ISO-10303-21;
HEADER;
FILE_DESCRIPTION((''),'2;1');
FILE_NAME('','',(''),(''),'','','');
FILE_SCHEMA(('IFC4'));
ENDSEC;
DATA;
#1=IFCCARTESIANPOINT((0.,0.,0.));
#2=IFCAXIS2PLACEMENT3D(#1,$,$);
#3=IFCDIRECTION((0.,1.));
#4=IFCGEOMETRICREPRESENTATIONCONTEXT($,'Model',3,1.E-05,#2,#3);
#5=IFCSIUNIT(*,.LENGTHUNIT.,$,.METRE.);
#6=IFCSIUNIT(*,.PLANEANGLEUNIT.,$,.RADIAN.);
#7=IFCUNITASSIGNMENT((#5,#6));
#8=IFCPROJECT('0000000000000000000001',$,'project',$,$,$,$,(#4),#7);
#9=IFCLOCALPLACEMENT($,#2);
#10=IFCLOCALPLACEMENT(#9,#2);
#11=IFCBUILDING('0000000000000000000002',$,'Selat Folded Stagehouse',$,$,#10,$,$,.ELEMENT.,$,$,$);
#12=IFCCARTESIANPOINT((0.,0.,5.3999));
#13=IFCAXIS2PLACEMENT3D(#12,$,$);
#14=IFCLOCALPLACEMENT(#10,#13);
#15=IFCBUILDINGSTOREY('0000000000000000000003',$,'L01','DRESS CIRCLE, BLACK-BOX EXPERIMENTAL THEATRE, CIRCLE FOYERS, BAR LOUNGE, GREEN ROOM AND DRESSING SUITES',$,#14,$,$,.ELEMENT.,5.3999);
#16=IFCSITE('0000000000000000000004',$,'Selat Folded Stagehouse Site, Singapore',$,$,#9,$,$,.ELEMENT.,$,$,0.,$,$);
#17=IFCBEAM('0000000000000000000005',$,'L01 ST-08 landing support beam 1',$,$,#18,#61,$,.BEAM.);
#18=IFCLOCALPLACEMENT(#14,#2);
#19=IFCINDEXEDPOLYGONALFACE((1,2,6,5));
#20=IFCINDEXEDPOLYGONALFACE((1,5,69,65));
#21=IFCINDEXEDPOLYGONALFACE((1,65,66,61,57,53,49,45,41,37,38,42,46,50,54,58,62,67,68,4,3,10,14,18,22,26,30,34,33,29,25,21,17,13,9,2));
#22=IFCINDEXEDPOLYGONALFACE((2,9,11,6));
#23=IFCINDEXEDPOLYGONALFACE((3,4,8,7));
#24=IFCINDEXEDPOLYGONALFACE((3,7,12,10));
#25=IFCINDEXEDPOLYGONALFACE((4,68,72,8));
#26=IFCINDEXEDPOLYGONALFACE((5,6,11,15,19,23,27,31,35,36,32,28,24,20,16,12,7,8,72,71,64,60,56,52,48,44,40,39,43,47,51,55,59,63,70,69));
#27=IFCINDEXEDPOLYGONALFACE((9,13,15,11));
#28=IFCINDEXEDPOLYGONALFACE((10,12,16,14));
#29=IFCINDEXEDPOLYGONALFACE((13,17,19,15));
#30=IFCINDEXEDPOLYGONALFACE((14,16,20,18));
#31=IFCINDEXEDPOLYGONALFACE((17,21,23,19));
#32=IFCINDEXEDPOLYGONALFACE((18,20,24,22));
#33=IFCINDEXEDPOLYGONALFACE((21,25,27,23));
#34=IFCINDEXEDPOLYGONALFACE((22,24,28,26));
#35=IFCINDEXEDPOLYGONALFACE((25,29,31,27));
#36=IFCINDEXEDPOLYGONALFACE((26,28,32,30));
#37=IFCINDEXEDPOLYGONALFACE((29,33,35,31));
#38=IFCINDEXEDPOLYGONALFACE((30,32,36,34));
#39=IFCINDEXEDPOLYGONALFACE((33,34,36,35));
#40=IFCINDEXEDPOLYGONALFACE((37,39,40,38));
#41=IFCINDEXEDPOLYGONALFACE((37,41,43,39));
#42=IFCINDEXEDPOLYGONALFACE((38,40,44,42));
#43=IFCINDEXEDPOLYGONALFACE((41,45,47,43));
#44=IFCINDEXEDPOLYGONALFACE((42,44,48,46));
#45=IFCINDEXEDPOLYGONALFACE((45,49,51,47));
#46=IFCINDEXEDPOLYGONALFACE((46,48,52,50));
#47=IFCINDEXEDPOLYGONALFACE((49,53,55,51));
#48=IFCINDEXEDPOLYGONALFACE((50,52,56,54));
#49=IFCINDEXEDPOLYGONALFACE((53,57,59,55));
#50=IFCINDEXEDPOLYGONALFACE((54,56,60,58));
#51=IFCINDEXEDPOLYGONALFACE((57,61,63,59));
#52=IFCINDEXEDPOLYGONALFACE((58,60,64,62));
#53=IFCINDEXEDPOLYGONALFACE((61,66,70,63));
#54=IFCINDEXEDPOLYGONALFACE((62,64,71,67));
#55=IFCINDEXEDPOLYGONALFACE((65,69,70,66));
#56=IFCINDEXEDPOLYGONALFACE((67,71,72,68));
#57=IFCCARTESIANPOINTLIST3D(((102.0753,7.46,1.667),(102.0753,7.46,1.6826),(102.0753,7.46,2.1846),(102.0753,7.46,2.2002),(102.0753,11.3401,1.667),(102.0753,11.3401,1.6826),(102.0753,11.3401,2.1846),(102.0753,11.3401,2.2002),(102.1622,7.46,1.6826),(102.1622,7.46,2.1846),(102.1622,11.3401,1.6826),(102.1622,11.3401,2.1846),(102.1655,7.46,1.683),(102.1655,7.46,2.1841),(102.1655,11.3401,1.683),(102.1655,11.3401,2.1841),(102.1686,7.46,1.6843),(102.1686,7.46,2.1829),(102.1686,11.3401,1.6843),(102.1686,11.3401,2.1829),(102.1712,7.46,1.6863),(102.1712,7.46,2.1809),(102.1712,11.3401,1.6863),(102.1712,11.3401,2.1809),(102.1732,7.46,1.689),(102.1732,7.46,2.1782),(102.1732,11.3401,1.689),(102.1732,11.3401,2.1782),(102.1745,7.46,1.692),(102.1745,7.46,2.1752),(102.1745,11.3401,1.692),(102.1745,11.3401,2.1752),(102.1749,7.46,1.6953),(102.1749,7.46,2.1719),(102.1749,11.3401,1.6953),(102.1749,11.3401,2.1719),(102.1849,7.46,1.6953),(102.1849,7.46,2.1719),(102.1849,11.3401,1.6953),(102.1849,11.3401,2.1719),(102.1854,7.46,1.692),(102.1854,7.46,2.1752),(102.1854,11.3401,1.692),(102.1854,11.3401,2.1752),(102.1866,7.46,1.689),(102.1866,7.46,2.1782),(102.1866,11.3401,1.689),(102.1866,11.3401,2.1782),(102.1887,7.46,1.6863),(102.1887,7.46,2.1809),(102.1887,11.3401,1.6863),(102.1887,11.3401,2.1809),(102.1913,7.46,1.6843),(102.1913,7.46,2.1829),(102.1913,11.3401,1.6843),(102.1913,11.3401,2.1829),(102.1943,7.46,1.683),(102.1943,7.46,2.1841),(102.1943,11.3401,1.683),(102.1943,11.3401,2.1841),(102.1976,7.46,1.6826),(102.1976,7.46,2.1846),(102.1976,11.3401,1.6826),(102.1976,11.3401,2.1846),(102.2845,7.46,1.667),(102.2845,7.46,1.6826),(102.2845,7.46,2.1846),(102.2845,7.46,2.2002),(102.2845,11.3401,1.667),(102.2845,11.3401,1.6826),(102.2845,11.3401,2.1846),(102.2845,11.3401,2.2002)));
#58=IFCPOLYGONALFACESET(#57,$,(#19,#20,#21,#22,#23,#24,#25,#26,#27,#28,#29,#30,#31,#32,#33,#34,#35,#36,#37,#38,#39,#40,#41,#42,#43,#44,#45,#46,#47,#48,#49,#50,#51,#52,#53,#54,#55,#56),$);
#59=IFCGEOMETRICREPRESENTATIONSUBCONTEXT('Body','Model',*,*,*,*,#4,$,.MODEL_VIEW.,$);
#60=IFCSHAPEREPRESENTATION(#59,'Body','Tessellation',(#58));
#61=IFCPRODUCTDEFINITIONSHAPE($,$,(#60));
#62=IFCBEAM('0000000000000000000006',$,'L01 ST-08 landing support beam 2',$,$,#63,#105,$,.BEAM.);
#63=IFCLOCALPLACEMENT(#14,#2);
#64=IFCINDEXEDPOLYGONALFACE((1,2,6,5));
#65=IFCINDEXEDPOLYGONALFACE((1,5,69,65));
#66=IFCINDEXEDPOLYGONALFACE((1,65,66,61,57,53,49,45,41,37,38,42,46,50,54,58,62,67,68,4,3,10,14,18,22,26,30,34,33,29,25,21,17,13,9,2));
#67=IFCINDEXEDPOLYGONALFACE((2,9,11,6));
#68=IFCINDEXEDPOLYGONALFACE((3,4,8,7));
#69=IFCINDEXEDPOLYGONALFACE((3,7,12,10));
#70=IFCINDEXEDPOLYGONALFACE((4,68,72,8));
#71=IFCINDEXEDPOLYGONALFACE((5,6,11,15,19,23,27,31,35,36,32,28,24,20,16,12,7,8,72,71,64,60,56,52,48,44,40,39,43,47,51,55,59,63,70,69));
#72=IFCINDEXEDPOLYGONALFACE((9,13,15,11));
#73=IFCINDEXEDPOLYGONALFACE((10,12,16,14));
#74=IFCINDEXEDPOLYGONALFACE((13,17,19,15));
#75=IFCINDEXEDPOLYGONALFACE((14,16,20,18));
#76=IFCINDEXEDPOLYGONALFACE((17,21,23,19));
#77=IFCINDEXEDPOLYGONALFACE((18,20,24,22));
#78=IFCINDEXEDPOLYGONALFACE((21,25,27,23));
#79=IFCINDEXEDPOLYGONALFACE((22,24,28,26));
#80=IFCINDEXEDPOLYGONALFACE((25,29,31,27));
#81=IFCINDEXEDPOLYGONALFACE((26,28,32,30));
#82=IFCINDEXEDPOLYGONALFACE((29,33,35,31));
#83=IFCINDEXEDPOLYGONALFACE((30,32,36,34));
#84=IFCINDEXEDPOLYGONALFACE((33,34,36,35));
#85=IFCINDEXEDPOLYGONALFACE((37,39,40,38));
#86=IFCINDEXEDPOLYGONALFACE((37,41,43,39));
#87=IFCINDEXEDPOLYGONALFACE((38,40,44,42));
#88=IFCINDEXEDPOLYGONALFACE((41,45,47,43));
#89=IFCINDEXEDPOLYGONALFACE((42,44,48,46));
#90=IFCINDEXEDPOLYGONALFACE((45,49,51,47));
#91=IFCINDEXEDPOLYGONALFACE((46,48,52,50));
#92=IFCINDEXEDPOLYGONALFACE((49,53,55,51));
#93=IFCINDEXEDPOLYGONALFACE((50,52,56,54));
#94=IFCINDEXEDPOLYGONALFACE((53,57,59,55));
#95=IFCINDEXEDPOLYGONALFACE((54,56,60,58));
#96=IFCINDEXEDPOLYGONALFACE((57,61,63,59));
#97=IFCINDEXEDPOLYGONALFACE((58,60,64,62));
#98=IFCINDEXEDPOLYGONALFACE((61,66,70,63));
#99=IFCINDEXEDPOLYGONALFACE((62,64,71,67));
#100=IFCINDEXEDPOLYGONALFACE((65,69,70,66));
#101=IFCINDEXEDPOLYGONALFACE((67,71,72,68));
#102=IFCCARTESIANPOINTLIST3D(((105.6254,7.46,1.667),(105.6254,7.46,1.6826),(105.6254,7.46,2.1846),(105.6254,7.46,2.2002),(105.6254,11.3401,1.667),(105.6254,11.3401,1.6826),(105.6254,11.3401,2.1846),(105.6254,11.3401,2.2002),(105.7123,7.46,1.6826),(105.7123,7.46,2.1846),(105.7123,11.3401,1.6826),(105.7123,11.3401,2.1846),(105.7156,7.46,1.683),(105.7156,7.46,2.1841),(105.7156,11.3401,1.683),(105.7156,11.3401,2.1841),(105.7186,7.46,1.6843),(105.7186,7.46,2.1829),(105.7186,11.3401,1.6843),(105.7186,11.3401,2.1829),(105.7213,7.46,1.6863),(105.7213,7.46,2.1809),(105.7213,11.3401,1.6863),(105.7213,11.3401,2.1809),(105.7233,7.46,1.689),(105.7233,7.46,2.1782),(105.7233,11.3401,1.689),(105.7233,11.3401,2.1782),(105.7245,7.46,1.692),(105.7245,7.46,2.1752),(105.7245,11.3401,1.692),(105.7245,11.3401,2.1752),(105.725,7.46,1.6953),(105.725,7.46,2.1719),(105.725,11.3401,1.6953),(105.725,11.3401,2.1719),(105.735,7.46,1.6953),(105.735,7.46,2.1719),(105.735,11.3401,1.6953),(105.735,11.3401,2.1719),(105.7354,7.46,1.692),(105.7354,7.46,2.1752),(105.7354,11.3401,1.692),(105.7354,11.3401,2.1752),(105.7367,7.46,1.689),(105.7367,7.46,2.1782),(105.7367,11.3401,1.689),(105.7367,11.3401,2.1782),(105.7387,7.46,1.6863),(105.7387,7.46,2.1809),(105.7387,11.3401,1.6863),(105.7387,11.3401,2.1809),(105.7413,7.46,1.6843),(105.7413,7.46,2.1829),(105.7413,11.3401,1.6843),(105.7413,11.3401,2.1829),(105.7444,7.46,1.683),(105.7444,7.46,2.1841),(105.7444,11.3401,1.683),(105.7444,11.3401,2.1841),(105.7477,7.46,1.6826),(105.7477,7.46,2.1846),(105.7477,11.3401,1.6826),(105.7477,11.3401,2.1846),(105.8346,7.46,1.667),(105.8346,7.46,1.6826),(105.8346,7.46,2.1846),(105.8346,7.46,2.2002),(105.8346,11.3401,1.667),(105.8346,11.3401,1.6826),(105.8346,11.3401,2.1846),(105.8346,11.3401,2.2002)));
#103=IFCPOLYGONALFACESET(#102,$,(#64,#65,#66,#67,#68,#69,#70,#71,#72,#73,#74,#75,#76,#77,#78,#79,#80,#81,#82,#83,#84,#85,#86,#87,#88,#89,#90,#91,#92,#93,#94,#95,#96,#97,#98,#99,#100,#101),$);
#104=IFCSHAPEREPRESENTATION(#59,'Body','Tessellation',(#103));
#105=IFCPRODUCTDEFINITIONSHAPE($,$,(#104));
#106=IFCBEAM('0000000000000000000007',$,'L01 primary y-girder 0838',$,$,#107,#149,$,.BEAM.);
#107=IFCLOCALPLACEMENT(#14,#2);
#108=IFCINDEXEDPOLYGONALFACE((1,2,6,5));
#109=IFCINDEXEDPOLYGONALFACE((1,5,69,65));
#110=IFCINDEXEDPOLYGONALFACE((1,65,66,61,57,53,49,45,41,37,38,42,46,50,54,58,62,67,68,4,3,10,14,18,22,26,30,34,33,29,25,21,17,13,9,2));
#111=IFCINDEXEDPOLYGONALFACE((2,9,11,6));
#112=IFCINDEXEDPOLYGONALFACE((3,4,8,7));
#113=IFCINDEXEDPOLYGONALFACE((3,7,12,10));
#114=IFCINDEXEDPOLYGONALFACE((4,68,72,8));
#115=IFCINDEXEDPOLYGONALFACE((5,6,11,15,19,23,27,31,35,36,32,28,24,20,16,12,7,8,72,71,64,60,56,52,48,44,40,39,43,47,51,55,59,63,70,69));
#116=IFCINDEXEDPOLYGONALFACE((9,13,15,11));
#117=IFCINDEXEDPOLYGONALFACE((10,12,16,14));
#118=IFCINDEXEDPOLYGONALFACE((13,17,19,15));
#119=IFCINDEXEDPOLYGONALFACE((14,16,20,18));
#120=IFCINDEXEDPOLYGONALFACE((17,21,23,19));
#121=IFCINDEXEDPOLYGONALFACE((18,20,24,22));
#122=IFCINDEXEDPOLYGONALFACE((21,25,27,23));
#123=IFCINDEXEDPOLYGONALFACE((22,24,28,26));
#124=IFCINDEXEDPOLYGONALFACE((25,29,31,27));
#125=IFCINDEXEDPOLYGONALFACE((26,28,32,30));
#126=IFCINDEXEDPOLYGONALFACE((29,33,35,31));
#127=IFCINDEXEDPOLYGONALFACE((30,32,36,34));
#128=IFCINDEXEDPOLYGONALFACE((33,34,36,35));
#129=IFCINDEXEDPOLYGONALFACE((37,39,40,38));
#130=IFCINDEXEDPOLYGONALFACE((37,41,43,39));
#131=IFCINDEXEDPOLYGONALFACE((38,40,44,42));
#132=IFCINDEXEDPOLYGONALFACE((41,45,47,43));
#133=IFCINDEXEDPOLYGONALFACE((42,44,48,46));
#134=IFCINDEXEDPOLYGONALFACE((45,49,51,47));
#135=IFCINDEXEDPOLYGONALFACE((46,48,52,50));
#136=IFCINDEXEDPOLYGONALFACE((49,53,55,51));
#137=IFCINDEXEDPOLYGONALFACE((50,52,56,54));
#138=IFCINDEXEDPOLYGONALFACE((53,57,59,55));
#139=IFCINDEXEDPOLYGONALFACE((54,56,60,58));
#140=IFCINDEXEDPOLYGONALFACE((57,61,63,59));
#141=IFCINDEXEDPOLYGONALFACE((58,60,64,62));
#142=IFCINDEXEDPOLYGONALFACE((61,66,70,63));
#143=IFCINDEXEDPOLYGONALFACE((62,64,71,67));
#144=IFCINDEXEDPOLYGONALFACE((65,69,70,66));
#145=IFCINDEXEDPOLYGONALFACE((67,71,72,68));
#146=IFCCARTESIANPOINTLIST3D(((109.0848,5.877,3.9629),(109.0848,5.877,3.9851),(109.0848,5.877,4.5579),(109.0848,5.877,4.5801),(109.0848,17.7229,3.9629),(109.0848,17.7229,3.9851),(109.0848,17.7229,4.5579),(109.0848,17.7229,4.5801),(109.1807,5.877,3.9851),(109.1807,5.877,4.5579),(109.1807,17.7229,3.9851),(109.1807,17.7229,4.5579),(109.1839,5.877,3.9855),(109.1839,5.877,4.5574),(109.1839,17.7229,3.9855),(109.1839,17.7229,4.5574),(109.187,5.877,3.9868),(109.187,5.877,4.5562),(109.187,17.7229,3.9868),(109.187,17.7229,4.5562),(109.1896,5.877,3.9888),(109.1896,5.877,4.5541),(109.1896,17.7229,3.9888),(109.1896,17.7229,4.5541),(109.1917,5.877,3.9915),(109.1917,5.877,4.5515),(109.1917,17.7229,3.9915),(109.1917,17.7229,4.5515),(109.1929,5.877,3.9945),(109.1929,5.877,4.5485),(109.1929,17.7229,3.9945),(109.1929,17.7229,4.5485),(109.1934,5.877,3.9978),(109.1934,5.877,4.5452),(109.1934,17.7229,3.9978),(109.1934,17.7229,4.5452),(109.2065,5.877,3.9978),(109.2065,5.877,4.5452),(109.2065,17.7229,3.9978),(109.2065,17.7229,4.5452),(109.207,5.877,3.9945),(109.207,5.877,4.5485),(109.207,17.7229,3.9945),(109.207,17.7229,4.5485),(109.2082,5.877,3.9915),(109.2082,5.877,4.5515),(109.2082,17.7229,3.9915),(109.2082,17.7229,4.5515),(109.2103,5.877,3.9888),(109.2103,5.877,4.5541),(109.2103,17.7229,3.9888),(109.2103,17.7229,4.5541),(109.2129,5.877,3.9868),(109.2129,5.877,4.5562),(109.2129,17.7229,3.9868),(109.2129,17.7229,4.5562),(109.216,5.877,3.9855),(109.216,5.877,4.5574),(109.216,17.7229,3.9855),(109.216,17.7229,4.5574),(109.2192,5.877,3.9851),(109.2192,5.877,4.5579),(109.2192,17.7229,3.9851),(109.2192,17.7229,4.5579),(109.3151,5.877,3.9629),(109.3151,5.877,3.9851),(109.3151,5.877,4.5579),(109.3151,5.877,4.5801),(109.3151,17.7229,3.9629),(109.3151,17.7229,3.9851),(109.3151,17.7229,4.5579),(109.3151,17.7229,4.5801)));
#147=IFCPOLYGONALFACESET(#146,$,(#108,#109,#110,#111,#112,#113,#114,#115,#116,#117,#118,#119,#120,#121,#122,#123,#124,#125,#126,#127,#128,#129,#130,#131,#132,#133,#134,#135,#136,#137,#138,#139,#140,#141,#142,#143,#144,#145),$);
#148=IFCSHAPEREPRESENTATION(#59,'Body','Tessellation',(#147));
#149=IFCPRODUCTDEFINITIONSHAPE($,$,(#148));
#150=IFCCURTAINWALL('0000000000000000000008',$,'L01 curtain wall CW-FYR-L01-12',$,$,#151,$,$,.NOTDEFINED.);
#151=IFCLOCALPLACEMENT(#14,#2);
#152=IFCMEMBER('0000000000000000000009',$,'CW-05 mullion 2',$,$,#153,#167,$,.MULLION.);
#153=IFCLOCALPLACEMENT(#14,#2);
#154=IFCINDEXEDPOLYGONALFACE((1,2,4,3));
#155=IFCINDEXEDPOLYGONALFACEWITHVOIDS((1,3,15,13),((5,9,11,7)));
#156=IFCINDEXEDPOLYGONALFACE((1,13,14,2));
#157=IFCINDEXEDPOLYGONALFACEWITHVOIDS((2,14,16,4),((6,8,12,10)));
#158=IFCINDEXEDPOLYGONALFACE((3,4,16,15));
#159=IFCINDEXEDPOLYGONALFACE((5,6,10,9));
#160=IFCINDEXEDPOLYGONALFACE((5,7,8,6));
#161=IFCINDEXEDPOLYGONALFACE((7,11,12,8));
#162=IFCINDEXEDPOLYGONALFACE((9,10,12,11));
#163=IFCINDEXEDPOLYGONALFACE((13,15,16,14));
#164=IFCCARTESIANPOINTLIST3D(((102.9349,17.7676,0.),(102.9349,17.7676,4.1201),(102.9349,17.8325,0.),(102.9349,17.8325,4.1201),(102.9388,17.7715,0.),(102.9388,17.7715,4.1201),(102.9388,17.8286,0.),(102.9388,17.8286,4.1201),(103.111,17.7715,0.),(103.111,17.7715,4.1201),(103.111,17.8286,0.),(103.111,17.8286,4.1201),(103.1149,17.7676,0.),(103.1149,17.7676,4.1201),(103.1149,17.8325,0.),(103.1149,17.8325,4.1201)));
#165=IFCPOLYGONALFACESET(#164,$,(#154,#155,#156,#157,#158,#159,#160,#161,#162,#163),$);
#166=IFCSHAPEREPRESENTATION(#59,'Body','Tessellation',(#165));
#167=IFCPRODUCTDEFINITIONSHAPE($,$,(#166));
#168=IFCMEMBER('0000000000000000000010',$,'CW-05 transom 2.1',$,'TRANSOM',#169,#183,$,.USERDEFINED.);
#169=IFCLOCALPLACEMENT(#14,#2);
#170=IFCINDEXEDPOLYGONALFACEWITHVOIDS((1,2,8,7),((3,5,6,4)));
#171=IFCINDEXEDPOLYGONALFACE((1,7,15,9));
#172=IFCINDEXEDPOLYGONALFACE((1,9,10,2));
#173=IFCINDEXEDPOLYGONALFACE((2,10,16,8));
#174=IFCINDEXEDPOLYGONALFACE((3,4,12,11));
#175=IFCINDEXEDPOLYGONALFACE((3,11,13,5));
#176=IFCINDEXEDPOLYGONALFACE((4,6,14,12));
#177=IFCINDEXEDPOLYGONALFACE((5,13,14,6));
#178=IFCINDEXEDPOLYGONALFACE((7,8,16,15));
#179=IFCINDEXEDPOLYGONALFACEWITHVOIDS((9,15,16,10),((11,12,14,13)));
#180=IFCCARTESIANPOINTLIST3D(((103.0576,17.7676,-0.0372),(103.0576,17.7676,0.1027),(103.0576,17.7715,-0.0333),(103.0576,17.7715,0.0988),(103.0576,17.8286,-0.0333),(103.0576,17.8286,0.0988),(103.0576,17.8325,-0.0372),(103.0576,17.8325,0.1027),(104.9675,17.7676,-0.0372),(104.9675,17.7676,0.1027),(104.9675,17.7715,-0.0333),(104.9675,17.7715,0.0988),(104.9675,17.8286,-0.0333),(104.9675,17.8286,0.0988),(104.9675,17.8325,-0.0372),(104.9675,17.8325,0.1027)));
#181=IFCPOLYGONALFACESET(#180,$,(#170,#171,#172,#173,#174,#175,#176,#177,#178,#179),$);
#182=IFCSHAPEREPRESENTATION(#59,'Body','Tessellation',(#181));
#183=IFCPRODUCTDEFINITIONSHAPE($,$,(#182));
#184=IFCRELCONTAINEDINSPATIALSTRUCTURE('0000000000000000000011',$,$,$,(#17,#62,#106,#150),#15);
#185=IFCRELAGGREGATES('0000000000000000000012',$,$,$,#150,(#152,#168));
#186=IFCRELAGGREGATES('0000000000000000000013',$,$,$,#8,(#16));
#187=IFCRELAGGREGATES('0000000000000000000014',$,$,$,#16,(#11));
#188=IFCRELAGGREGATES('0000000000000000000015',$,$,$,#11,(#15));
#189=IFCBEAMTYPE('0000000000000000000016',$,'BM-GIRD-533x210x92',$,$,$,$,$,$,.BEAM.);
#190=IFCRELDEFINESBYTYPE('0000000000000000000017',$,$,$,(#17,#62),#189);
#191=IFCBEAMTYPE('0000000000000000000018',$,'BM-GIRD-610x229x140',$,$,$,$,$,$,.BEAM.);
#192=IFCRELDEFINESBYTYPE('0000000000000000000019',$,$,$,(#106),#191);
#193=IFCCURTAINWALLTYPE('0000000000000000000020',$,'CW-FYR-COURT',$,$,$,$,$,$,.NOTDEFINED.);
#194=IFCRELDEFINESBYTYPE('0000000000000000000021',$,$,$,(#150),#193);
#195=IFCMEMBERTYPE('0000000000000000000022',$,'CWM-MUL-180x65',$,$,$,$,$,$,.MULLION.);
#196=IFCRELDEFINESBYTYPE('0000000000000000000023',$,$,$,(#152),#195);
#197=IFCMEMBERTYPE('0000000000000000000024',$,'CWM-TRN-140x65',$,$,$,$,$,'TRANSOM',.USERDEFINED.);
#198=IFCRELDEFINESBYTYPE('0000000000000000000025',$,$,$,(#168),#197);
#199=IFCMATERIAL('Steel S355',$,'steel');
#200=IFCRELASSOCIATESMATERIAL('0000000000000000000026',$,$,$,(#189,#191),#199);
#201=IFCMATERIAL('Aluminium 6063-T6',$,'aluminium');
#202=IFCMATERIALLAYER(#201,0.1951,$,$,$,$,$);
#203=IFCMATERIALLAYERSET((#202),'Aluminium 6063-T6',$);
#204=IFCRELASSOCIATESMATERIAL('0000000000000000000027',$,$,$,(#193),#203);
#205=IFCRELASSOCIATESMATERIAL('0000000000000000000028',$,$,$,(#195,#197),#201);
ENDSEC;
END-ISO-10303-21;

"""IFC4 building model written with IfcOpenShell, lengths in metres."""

from ifc_helpers import new_model, si_unit, direction, frame, origin, origin_2d, place, context, subcontext, project, spatial, hollow_rectangle, i_section, extrude, material, layer, layer_set, material_profile, profile_set, type_object, element, aggregate, save


model = new_model("IFC4")

# Units and contexts
model_context = context("Model", 3, precision=1e-05, world=origin(), true_north=direction((0.0, 1.0)))
body_context = subcontext(model_context, "Body", "Model", "MODEL_VIEW")
ifc_project = project(units=[si_unit("LENGTHUNIT", "METRE"), si_unit("PLANEANGLEUNIT", "RADIAN")], contexts=[model_context])

# Site, building, storey
site_placement = place(None, origin())
site = spatial("IfcSite", under=ifc_project, at=site_placement, Name="Selat Folded Stagehouse Site, Singapore", CompositionType="ELEMENT", RefElevation=0.0)
building_placement = place(site_placement, origin())
building = spatial("IfcBuilding", under=site, at=building_placement, Name="Selat Folded Stagehouse", CompositionType="ELEMENT")
storey_placement = place(building_placement, frame((0.0, 0.0, 5.3999)))
storey = spatial("IfcBuildingStorey", under=building, at=storey_placement, Name="L01", Description="DRESS CIRCLE, BLACK-BOX EXPERIMENTAL THEATRE, CIRCLE FOYERS, BAR LOUNGE, GREEN ROOM AND DRESSING SUITES", CompositionType="ELEMENT", Elevation=5.3999)

# Beams
ifc_material_1 = material(Name="Steel S355", Category="steel")
ifc_material_profile_1 = material_profile(ifc_material_1, i_section(OverallWidth=0.2092, OverallDepth=0.5332, WebThickness=0.01, FlangeThickness=0.0156, FilletRadius=0.0127, at=origin_2d()), Name="UKB 533x210x92")
ifc_profile_set_1 = profile_set([ifc_material_profile_1], Name="Steel S355")
beam_type_1 = type_object("IfcBeamType", Name="BM-GIRD-533x210x92", PredefinedType="BEAM", material=ifc_profile_set_1)
for number, where, z_axis, x_axis, name in (
    (1, (102.1799, 7.46, 1.9336), (0.0, 1.0, 0.0), (-1.0, 0.0, 0.0), "L01 ST-08 landing support beam 1"),
    (2, (105.73, 7.46, 1.9336), (0.0, 1.0, 0.0), (-1.0, 0.0, 0.0), "L01 ST-08 landing support beam 2"),
):
    element("IfcBeam", number, at=place(storey_placement, frame(where, z_axis=z_axis, x_axis=x_axis)), inside=storey, type_object=beam_type_1, Name=name, PredefinedType="BEAM", context=body_context, shape_type="SweptSolid", body=[
        extrude(i_section(OverallWidth=0.2092, OverallDepth=0.5332, WebThickness=0.01, FlangeThickness=0.0156, FilletRadius=0.0127, at=origin_2d()), origin(), (0.0, 0.0, 1.0), 3.8801),
    ])
ifc_material_profile_2 = material_profile(ifc_material_1, i_section(OverallWidth=0.2302, OverallDepth=0.6172, WebThickness=0.0132, FlangeThickness=0.0222, FilletRadius=0.0127, at=origin_2d()), Name="UKB 610x229x140")
ifc_profile_set_2 = profile_set([ifc_material_profile_2], Name="Steel S355")
beam_type_2 = type_object("IfcBeamType", Name="BM-GIRD-610x229x140", PredefinedType="BEAM", material=ifc_profile_set_2)
beam_placement = place(storey_placement, frame((109.2, 5.877, 4.2715), z_axis=(0.0, 1.0, 0.0), x_axis=(-1.0, 0.0, 0.0)))
element("IfcBeam", 3, at=beam_placement, inside=storey, type_object=beam_type_2, Name="L01 primary y-girder 0838", PredefinedType="BEAM", context=body_context, shape_type="SweptSolid", body=[
    extrude(i_section(OverallWidth=0.2302, OverallDepth=0.6172, WebThickness=0.0132, FlangeThickness=0.0222, FilletRadius=0.0127, at=origin_2d()), origin(), (0.0, 0.0, 1.0), 11.8459),
])

# Curtain wall, members
ifc_material_2 = material(Name="Aluminium 6063-T6", Category="aluminium")
ifc_layer_1 = layer(ifc_material_2, 0.1951)
ifc_layer_set_1 = layer_set([ifc_layer_1], Name="Aluminium 6063-T6")
curtain_wall_type = type_object("IfcCurtainWallType", Name="CW-FYR-COURT", PredefinedType="NOTDEFINED", material=ifc_layer_set_1)
curtain_wall_placement = place(storey_placement, origin())
curtain_wall = element("IfcCurtainWall", 4, at=curtain_wall_placement, inside=storey, type_object=curtain_wall_type, Name="L01 curtain wall CW-FYR-L01-12", PredefinedType="NOTDEFINED")
ifc_material_profile_3 = material_profile(ifc_material_2, hollow_rectangle(XDim=0.0649, YDim=0.1799, WallThickness=0.0039, at=origin_2d()), Name="ALU 180x65x4.0")
ifc_profile_set_3 = profile_set([ifc_material_profile_3], Name="Aluminium 6063-T6")
member_type_1 = type_object("IfcMemberType", Name="CWM-MUL-180x65", PredefinedType="MULLION", material=ifc_profile_set_3)
member_1_placement = place(storey_placement, frame((103.0249, 17.8, 0.0), z_axis=(0.0, 0.0, 1.0), x_axis=(0.0, 1.0, 0.0)))
member_1 = element("IfcMember", 5, at=member_1_placement, type_object=member_type_1, Name="CW-05 mullion 2", PredefinedType="MULLION", context=body_context, shape_type="SweptSolid", body=[
    extrude(hollow_rectangle(XDim=0.0649, YDim=0.1799, WallThickness=0.0039, at=origin_2d()), origin(), (0.0, 0.0, 1.0), 4.1201),
])
ifc_material_profile_4 = material_profile(ifc_material_2, hollow_rectangle(XDim=0.0649, YDim=0.1399, WallThickness=0.0039, at=origin_2d()), Name="ALU 140x65x4.0")
ifc_profile_set_4 = profile_set([ifc_material_profile_4], Name="Aluminium 6063-T6")
member_type_2 = type_object("IfcMemberType", Name="CWM-TRN-140x65", ElementType="TRANSOM", PredefinedType="USERDEFINED", material=ifc_profile_set_4)
member_2_placement = place(storey_placement, frame((103.0576, 17.8, 0.0327), z_axis=(1.0, 0.0, 0.0), x_axis=(0.0, 1.0, 0.0)))
member_2 = element("IfcMember", 6, at=member_2_placement, type_object=member_type_2, Name="CW-05 transom 2.1", ObjectType="TRANSOM", PredefinedType="USERDEFINED", context=body_context, shape_type="SweptSolid", body=[
    extrude(hollow_rectangle(XDim=0.0649, YDim=0.1399, WallThickness=0.0039, at=origin_2d()), origin(), (0.0, 0.0, 1.0), 1.9099),
])

aggregate(curtain_wall, [member_1, member_2])

save(model, "model.ifc")
